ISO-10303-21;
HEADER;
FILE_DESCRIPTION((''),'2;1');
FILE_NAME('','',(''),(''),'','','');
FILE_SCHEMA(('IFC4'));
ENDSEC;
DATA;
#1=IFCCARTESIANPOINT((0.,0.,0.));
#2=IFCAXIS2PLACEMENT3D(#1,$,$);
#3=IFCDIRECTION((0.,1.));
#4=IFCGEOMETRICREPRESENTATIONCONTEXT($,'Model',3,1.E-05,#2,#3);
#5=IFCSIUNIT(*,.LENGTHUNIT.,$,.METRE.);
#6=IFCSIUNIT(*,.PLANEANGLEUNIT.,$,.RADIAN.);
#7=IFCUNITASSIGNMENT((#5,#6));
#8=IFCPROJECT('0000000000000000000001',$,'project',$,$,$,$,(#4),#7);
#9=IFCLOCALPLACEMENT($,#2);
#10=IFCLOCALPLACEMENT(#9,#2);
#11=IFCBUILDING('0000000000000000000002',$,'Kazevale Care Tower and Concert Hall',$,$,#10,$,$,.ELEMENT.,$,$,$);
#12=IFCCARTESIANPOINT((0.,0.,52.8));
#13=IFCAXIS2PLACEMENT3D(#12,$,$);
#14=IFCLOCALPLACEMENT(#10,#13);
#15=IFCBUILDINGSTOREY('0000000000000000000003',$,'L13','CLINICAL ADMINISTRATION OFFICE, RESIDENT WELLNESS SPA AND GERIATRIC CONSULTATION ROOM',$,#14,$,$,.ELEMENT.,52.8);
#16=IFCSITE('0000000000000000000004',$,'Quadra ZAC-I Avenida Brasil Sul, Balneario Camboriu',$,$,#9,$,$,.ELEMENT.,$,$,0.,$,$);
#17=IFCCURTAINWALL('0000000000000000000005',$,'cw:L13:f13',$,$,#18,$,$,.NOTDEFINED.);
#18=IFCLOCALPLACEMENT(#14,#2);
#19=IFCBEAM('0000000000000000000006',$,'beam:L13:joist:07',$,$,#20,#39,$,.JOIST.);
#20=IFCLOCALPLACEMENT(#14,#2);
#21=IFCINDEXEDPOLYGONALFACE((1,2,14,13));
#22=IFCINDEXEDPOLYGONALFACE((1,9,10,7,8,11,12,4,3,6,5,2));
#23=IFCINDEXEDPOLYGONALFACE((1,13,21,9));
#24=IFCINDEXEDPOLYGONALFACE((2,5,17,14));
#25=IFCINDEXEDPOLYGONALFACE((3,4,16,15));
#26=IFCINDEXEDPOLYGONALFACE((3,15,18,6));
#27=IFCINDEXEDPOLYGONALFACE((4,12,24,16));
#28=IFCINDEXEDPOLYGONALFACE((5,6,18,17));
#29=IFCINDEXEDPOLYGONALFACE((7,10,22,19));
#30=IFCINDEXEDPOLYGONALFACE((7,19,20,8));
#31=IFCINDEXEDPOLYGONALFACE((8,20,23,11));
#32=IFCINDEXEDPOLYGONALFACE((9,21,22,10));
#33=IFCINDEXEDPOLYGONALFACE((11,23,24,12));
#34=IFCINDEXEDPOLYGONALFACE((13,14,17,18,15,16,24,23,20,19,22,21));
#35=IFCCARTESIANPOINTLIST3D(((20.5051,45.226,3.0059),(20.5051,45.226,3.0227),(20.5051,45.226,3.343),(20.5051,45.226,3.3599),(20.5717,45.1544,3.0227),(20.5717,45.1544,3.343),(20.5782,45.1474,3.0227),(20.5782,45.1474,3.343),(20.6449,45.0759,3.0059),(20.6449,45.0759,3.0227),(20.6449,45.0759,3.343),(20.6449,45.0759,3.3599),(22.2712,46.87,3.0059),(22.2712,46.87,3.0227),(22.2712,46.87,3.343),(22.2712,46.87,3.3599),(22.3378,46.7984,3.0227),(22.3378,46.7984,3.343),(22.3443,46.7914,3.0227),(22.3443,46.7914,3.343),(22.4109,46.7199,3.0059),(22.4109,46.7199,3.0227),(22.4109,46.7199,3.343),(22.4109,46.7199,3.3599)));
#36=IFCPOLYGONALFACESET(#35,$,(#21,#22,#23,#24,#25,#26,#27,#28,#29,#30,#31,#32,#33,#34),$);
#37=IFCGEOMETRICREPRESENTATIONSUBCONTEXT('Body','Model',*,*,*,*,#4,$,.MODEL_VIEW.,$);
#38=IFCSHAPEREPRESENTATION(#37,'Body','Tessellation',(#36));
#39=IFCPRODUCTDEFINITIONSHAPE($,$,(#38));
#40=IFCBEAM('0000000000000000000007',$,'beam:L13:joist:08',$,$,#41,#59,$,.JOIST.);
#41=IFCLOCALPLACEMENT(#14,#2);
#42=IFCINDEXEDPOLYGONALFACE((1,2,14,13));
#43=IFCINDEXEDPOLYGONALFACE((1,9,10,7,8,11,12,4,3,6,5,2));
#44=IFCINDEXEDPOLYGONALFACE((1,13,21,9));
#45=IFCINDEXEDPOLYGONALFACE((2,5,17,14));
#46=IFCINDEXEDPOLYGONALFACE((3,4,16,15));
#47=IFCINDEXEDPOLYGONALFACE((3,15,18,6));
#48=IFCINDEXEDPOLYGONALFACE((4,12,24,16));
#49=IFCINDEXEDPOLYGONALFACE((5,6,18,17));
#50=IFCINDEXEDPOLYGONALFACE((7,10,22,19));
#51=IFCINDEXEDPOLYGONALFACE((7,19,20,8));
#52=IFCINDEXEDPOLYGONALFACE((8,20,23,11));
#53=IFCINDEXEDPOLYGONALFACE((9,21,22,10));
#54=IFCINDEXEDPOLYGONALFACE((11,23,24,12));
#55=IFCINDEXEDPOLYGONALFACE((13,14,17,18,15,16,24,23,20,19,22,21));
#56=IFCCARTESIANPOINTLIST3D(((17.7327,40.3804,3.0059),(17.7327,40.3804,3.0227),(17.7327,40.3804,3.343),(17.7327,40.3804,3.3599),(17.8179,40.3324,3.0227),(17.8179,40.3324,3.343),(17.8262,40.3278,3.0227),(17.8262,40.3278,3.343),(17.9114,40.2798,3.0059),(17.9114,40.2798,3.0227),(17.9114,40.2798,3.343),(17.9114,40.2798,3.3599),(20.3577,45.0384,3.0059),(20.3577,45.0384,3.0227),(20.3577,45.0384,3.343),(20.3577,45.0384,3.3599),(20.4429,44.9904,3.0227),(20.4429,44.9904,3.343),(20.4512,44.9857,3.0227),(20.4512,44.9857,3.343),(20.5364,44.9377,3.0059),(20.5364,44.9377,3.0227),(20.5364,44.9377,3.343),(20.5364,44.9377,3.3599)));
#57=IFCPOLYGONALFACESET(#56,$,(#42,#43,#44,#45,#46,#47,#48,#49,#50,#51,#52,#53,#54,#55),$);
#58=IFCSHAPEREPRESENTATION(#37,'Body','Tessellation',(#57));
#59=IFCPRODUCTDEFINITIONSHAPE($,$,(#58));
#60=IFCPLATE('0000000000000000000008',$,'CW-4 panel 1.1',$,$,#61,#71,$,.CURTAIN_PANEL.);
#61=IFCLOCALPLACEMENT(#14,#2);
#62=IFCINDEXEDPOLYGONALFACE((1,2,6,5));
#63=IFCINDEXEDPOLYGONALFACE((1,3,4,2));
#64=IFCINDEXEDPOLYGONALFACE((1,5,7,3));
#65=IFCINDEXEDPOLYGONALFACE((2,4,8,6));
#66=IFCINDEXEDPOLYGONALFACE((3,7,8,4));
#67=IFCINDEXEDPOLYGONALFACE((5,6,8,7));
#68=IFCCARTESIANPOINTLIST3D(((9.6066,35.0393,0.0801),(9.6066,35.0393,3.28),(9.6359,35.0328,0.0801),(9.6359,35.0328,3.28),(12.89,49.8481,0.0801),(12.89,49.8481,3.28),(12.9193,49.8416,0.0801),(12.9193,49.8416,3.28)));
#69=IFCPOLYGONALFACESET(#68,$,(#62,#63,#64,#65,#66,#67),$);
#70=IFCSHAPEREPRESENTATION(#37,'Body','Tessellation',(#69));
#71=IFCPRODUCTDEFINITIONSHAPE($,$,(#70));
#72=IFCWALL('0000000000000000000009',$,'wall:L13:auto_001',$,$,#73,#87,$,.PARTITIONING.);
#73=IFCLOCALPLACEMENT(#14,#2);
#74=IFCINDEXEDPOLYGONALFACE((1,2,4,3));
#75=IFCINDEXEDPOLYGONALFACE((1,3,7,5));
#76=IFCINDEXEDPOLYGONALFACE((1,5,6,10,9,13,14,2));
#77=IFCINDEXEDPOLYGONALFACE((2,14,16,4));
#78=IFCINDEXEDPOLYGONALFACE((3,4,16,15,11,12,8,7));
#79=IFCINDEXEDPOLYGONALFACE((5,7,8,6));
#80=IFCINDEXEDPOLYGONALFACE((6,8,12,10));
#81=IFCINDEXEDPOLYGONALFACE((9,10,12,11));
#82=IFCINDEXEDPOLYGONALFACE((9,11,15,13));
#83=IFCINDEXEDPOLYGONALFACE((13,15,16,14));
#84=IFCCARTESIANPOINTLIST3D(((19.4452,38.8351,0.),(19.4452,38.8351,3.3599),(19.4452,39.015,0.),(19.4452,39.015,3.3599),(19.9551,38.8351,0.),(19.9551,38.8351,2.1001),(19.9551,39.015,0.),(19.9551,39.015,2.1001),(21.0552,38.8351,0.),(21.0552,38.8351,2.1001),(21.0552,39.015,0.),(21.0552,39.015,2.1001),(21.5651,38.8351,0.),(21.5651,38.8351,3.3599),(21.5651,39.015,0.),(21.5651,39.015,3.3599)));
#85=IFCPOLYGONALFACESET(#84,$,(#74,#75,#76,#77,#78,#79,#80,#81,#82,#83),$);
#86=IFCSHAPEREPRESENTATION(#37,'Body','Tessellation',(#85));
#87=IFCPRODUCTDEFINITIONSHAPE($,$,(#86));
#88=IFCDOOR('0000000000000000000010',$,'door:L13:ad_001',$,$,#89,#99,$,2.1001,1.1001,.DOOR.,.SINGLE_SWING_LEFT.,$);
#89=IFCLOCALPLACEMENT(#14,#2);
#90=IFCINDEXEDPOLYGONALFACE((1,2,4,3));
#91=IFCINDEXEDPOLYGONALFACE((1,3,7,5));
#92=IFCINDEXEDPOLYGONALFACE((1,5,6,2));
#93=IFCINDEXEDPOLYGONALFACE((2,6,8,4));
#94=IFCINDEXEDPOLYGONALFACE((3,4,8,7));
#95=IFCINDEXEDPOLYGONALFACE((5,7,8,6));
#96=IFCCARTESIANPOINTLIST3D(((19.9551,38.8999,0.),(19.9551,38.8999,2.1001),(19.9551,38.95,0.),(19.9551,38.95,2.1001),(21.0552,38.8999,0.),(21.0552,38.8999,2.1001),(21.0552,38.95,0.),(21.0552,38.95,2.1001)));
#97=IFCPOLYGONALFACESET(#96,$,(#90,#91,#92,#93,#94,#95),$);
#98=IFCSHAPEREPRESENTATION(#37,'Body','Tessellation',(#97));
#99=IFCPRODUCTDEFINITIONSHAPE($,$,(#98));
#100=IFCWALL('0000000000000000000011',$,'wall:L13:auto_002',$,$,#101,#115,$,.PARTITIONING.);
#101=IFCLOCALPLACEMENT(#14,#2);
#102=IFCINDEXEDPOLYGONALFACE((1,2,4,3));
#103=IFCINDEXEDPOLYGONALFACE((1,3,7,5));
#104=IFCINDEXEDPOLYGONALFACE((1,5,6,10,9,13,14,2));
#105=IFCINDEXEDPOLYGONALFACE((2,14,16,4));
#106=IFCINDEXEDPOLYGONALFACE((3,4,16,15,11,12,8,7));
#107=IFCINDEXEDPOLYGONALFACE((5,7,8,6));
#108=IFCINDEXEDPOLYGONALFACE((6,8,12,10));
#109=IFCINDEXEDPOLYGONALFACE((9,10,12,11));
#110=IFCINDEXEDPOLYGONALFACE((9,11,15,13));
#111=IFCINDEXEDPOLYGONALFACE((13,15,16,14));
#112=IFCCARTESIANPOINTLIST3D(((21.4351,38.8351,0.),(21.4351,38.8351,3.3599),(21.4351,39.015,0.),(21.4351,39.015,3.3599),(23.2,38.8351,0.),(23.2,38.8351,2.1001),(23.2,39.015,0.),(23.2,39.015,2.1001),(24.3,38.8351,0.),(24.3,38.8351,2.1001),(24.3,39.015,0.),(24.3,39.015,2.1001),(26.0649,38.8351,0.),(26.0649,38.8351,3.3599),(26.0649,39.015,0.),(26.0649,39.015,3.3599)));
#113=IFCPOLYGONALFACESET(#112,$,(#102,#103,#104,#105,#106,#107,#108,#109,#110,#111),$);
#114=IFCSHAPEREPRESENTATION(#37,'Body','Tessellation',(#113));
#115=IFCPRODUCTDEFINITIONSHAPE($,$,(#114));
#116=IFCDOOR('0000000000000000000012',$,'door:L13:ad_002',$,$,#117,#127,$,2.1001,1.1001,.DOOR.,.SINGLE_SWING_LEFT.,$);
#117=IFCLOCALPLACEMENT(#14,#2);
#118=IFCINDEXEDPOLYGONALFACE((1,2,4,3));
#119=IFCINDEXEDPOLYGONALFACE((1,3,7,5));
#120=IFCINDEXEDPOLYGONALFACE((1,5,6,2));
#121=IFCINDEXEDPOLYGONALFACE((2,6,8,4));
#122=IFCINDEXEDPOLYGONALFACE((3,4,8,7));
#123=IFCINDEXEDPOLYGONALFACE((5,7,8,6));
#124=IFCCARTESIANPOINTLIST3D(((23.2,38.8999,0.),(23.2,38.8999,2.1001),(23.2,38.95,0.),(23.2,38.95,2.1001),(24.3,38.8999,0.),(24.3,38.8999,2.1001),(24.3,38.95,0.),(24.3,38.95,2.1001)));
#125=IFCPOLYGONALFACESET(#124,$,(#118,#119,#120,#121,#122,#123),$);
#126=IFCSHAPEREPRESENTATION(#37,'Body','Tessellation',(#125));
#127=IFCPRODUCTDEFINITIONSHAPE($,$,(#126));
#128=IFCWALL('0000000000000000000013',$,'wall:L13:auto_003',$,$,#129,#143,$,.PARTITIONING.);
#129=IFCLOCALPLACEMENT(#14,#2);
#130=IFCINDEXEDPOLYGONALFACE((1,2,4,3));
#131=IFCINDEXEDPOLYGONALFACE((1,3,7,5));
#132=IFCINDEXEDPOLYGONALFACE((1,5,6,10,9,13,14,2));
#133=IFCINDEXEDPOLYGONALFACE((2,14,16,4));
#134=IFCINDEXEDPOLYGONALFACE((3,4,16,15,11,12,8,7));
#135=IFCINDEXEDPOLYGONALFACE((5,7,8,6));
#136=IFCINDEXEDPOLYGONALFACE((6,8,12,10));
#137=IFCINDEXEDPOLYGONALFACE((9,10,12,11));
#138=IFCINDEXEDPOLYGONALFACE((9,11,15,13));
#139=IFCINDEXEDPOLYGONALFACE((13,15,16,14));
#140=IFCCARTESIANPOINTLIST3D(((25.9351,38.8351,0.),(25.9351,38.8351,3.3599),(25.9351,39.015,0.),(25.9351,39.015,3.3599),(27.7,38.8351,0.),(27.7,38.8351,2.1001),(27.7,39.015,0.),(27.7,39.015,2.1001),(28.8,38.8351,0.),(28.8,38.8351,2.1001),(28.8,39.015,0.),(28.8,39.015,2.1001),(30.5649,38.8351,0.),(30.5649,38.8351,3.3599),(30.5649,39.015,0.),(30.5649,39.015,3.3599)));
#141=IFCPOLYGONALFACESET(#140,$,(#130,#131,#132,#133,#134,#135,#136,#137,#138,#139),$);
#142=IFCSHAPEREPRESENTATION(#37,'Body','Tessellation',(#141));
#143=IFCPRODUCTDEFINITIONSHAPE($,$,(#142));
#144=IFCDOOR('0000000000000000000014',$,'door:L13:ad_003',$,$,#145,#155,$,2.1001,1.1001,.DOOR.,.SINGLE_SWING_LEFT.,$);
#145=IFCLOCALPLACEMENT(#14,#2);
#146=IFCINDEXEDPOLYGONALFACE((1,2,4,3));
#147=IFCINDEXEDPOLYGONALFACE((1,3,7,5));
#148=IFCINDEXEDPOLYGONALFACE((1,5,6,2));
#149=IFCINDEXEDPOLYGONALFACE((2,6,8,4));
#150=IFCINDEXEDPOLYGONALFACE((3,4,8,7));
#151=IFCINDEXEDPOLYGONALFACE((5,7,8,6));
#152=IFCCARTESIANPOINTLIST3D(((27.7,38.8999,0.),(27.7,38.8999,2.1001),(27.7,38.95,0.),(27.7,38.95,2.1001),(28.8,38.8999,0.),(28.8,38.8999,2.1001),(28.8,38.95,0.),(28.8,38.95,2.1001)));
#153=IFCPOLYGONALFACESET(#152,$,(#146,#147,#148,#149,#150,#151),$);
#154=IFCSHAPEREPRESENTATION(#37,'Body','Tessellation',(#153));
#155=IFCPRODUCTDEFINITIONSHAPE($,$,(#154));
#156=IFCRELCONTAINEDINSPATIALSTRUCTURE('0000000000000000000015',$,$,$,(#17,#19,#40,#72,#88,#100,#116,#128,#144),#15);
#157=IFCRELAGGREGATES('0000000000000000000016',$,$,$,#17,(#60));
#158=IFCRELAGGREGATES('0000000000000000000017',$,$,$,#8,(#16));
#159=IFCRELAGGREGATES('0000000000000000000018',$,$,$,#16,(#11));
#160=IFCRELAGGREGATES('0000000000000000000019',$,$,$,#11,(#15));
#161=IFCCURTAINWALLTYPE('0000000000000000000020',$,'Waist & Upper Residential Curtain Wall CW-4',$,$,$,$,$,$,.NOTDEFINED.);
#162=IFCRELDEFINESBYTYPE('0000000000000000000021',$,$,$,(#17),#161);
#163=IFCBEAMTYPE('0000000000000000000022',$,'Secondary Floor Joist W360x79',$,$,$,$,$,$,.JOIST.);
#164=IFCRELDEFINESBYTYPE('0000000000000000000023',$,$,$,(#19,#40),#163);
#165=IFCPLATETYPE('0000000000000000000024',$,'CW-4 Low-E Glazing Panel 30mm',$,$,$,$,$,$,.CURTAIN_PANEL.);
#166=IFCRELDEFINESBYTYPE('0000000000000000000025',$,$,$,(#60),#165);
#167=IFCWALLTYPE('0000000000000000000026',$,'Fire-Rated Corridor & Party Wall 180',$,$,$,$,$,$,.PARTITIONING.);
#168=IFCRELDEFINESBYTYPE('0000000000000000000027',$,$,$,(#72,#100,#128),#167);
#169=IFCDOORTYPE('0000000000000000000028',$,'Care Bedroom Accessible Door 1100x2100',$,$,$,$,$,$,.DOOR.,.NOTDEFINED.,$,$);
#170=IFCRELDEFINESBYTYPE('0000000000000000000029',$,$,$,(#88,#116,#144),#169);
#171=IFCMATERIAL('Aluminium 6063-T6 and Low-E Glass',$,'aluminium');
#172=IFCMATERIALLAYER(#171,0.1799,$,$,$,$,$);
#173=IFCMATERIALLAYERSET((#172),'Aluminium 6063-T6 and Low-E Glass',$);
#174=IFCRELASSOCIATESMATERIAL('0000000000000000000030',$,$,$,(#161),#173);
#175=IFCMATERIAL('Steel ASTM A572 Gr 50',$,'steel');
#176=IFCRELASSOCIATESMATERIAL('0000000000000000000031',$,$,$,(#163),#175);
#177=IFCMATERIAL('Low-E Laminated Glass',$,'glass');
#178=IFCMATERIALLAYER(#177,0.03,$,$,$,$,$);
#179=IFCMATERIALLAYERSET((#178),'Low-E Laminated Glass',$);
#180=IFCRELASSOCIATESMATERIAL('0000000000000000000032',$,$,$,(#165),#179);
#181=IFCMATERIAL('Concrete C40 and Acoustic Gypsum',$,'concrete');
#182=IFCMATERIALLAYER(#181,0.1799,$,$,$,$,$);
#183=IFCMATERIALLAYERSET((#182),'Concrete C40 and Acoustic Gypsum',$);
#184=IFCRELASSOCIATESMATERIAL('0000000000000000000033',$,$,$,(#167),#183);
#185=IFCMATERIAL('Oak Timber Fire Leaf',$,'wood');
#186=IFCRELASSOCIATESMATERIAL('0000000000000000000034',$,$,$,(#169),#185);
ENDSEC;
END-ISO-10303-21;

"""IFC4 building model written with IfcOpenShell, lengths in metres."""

from ifc_helpers import new_model, si_unit, direction, frame, frame_2d, origin, origin_2d, place, context, subcontext, project, spatial, rectangle, i_section, extrude, material, layer, layer_set, material_profile, profile_set, type_object, element, fill, aggregate, save


model = new_model("IFC4")

# Units and contexts
model_context = context("Model", 3, precision=1e-05, world=origin(), true_north=direction((0.0, 1.0)))
body_context = subcontext(model_context, "Body", "Model", "MODEL_VIEW")
ifc_project = project(units=[si_unit("LENGTHUNIT", "METRE"), si_unit("PLANEANGLEUNIT", "RADIAN")], contexts=[model_context])

# Site, building, storey
site_placement = place(None, origin())
site = spatial("IfcSite", under=ifc_project, at=site_placement, Name="Quadra ZAC-I Avenida Brasil Sul, Balneario Camboriu", CompositionType="ELEMENT", RefElevation=0.0)
building_placement = place(site_placement, origin())
building = spatial("IfcBuilding", under=site, at=building_placement, Name="Kazevale Care Tower and Concert Hall", CompositionType="ELEMENT")
storey_placement = place(building_placement, frame((0.0, 0.0, 52.8)))
storey = spatial("IfcBuildingStorey", under=building, at=storey_placement, Name="L13", Description="CLINICAL ADMINISTRATION OFFICE, RESIDENT WELLNESS SPA AND GERIATRIC CONSULTATION ROOM", CompositionType="ELEMENT", Elevation=52.8)

# Shared definitions
ifc_material_1 = material(Name="Aluminium 6063-T6 and Low-E Glass", Category="aluminium")

# Curtain wall
ifc_layer_1 = layer(ifc_material_1, 0.1799)
ifc_layer_set_1 = layer_set([ifc_layer_1], Name="Aluminium 6063-T6 and Low-E Glass")
curtain_wall_type_1 = type_object("IfcCurtainWallType", Name="Waist & Upper Residential Curtain Wall CW-4", PredefinedType="NOTDEFINED", material=ifc_layer_set_1)
curtain_wall_1_placement = place(storey_placement, origin())
curtain_wall_1 = element("IfcCurtainWall", 1, at=curtain_wall_1_placement, inside=storey, type_object=curtain_wall_type_1, Name="cw:L13:f13", PredefinedType="NOTDEFINED")

# Beams
ifc_material_2 = material(Name="Steel ASTM A572 Gr 50", Category="steel")
ifc_material_profile_1 = material_profile(ifc_material_2, i_section(OverallWidth=0.2051, OverallDepth=0.354, WebThickness=0.0095, FlangeThickness=0.0168, at=origin_2d()), Name="W360x79")
ifc_profile_set_1 = profile_set([ifc_material_profile_1], Name="Steel ASTM A572 Gr 50")
beam_type_1 = type_object("IfcBeamType", Name="Secondary Floor Joist W360x79", PredefinedType="JOIST", material=ifc_profile_set_1)
beam_1_placement = place(storey_placement, frame((22.3411, 46.7949, 3.1829), z_axis=(-0.73195, -0.681359, 0.0), x_axis=(0.681359, -0.73195, 0.0)))
element("IfcBeam", 2, at=beam_1_placement, inside=storey, type_object=beam_type_1, Name="beam:L13:joist:07", PredefinedType="JOIST", context=body_context, shape_type="SweptSolid", body=[
    extrude(i_section(OverallWidth=0.2051, OverallDepth=0.354, WebThickness=0.0095, FlangeThickness=0.0168, at=origin_2d()), origin(), (0.0, 0.0, 1.0), 2.4128),
])
beam_2_placement = place(storey_placement, frame((20.447, 44.988, 3.1829), z_axis=(-0.490957, -0.871184, 0.0), x_axis=(0.871184, -0.490957, 0.0)))
element("IfcBeam", 3, at=beam_2_placement, inside=storey, type_object=beam_type_1, Name="beam:L13:joist:08", PredefinedType="JOIST", context=body_context, shape_type="SweptSolid", body=[
    extrude(i_section(OverallWidth=0.2051, OverallDepth=0.354, WebThickness=0.0095, FlangeThickness=0.0168, at=origin_2d()), origin(), (0.0, 0.0, 1.0), 5.3467),
])

# Plate
ifc_material_3 = material(Name="Low-E Laminated Glass", Category="glass")
ifc_layer_2 = layer(ifc_material_3, 0.03)
ifc_layer_set_2 = layer_set([ifc_layer_2], Name="Low-E Laminated Glass")
plate_type = type_object("IfcPlateType", Name="CW-4 Low-E Glazing Panel 30mm", PredefinedType="CURTAIN_PANEL", material=ifc_layer_set_2)
plate_placement = place(storey_placement, frame((11.2629, 42.4404, 0.0801), z_axis=(0.0, 0.0, 1.0), x_axis=(0.216461, 0.976291, 0.0)))
plate = element("IfcPlate", 4, at=plate_placement, type_object=plate_type, Name="CW-4 panel 1.1", PredefinedType="CURTAIN_PANEL", context=body_context, shape_type="SweptSolid", body=[
    extrude(rectangle(XDim=15.1685, YDim=0.03, at=origin_2d()), origin(), (0.0, 0.0, 1.0), 3.2),
])
aggregate(curtain_wall_1, [plate])

# Walls, openings, doors
ifc_material_4 = material(Name="Concrete C40 and Acoustic Gypsum", Category="concrete")
ifc_layer_3 = layer(ifc_material_4, 0.1799)
ifc_layer_set_3 = layer_set([ifc_layer_3], Name="Concrete C40 and Acoustic Gypsum")
wall_type = type_object("IfcWallType", Name="Fire-Rated Corridor & Party Wall 180", PredefinedType="PARTITIONING", material=ifc_layer_set_3)
wall_1_placement = place(storey_placement, frame((19.4451, 38.925, 0.0), z_axis=(0.0, 0.0, 1.0), x_axis=(1.0, 0.0, 0.0)))
wall_1 = element("IfcWall", 5, at=wall_1_placement, inside=storey, type_object=wall_type, Name="wall:L13:auto_001", PredefinedType="PARTITIONING", context=body_context, shape_type="SweptSolid", body=[
    extrude(rectangle(XDim=2.1199, YDim=0.1799, at=frame_2d((1.0601, 0.0))), origin(), (0.0, 0.0, 1.0), 3.3599),
])
opening_1_placement = place(wall_1_placement, frame((0.51, 0.0, 0.0)))
opening_1 = element("IfcOpeningElement", 6, at=opening_1_placement, cuts=wall_1, PredefinedType="OPENING", context=body_context, shape_type="SweptSolid", body=[
    extrude(rectangle(XDim=1.1001, YDim=2.1001, at=frame_2d((0.55, 1.05))), frame((0.0, 0.0999, 0.0), z_axis=(0.0, -1.0, 0.0), x_axis=(1.0, 0.0, 0.0)), (0.0, 0.0, 1.0), 0.2),
])
ifc_material_5 = material(Name="Oak Timber Fire Leaf", Category="wood")
door_type = type_object("IfcDoorType", Name="Care Bedroom Accessible Door 1100x2100", OperationType="NOTDEFINED", PredefinedType="DOOR", material=ifc_material_5)
door_1_placement = place(opening_1_placement, origin())
door_1 = element("IfcDoor", 7, at=door_1_placement, inside=storey, type_object=door_type, Name="door:L13:ad_001", OperationType="SINGLE_SWING_LEFT", OverallHeight=2.1001, OverallWidth=1.1001, PredefinedType="DOOR", context=body_context, shape_type="SweptSolid", body=[
    extrude(rectangle(XDim=1.1001, YDim=2.1001, at=frame_2d((0.55, 1.05))), frame((0.0, 0.0249, 0.0), z_axis=(0.0, -1.0, 0.0), x_axis=(1.0, 0.0, 0.0)), (0.0, 0.0, 1.0), 0.05),
])
fill(opening_1, door_1)
wall_2_placement = place(storey_placement, frame((21.4351, 38.925, 0.0), z_axis=(0.0, 0.0, 1.0), x_axis=(1.0, 0.0, 0.0)))
wall_2 = element("IfcWall", 8, at=wall_2_placement, inside=storey, type_object=wall_type, Name="wall:L13:auto_002", PredefinedType="PARTITIONING", context=body_context, shape_type="SweptSolid", body=[
    extrude(rectangle(XDim=4.6299, YDim=0.1799, at=frame_2d((2.3149, 0.0))), origin(), (0.0, 0.0, 1.0), 3.3599),
])
opening_2_placement = place(wall_2_placement, frame((1.7649, 0.0, 0.0)))
opening_2 = element("IfcOpeningElement", 9, at=opening_2_placement, cuts=wall_2, PredefinedType="OPENING", context=body_context, shape_type="SweptSolid", body=[
    extrude(rectangle(XDim=1.1001, YDim=2.1001, at=frame_2d((0.55, 1.05))), frame((0.0, 0.0999, 0.0), z_axis=(0.0, -1.0, 0.0), x_axis=(1.0, 0.0, 0.0)), (0.0, 0.0, 1.0), 0.2),
])
door_2_placement = place(opening_2_placement, origin())
door_2 = element("IfcDoor", 10, at=door_2_placement, inside=storey, type_object=door_type, Name="door:L13:ad_002", OperationType="SINGLE_SWING_LEFT", OverallHeight=2.1001, OverallWidth=1.1001, PredefinedType="DOOR", context=body_context, shape_type="SweptSolid", body=[
    extrude(rectangle(XDim=1.1001, YDim=2.1001, at=frame_2d((0.55, 1.05))), frame((0.0, 0.0249, 0.0), z_axis=(0.0, -1.0, 0.0), x_axis=(1.0, 0.0, 0.0)), (0.0, 0.0, 1.0), 0.05),
])
fill(opening_2, door_2)
wall_3_placement = place(storey_placement, frame((25.9351, 38.925, 0.0), z_axis=(0.0, 0.0, 1.0), x_axis=(1.0, 0.0, 0.0)))
wall_3 = element("IfcWall", 11, at=wall_3_placement, inside=storey, type_object=wall_type, Name="wall:L13:auto_003", PredefinedType="PARTITIONING", context=body_context, shape_type="SweptSolid", body=[
    extrude(rectangle(XDim=4.6299, YDim=0.1799, at=frame_2d((2.3149, 0.0))), origin(), (0.0, 0.0, 1.0), 3.3599),
])
opening_3_placement = place(wall_3_placement, frame((1.7649, 0.0, 0.0)))
opening_3 = element("IfcOpeningElement", 12, at=opening_3_placement, cuts=wall_3, PredefinedType="OPENING", context=body_context, shape_type="SweptSolid", body=[
    extrude(rectangle(XDim=1.1001, YDim=2.1001, at=frame_2d((0.55, 1.05))), frame((0.0, 0.0999, 0.0), z_axis=(0.0, -1.0, 0.0), x_axis=(1.0, 0.0, 0.0)), (0.0, 0.0, 1.0), 0.2),
])
door_3_placement = place(opening_3_placement, origin())
door_3 = element("IfcDoor", 13, at=door_3_placement, inside=storey, type_object=door_type, Name="door:L13:ad_003", OperationType="SINGLE_SWING_LEFT", OverallHeight=2.1001, OverallWidth=1.1001, PredefinedType="DOOR", context=body_context, shape_type="SweptSolid", body=[
    extrude(rectangle(XDim=1.1001, YDim=2.1001, at=frame_2d((0.55, 1.05))), frame((0.0, 0.0249, 0.0), z_axis=(0.0, -1.0, 0.0), x_axis=(1.0, 0.0, 0.0)), (0.0, 0.0, 1.0), 0.05),
])
fill(opening_3, door_3)

save(model, "model.ifc")
